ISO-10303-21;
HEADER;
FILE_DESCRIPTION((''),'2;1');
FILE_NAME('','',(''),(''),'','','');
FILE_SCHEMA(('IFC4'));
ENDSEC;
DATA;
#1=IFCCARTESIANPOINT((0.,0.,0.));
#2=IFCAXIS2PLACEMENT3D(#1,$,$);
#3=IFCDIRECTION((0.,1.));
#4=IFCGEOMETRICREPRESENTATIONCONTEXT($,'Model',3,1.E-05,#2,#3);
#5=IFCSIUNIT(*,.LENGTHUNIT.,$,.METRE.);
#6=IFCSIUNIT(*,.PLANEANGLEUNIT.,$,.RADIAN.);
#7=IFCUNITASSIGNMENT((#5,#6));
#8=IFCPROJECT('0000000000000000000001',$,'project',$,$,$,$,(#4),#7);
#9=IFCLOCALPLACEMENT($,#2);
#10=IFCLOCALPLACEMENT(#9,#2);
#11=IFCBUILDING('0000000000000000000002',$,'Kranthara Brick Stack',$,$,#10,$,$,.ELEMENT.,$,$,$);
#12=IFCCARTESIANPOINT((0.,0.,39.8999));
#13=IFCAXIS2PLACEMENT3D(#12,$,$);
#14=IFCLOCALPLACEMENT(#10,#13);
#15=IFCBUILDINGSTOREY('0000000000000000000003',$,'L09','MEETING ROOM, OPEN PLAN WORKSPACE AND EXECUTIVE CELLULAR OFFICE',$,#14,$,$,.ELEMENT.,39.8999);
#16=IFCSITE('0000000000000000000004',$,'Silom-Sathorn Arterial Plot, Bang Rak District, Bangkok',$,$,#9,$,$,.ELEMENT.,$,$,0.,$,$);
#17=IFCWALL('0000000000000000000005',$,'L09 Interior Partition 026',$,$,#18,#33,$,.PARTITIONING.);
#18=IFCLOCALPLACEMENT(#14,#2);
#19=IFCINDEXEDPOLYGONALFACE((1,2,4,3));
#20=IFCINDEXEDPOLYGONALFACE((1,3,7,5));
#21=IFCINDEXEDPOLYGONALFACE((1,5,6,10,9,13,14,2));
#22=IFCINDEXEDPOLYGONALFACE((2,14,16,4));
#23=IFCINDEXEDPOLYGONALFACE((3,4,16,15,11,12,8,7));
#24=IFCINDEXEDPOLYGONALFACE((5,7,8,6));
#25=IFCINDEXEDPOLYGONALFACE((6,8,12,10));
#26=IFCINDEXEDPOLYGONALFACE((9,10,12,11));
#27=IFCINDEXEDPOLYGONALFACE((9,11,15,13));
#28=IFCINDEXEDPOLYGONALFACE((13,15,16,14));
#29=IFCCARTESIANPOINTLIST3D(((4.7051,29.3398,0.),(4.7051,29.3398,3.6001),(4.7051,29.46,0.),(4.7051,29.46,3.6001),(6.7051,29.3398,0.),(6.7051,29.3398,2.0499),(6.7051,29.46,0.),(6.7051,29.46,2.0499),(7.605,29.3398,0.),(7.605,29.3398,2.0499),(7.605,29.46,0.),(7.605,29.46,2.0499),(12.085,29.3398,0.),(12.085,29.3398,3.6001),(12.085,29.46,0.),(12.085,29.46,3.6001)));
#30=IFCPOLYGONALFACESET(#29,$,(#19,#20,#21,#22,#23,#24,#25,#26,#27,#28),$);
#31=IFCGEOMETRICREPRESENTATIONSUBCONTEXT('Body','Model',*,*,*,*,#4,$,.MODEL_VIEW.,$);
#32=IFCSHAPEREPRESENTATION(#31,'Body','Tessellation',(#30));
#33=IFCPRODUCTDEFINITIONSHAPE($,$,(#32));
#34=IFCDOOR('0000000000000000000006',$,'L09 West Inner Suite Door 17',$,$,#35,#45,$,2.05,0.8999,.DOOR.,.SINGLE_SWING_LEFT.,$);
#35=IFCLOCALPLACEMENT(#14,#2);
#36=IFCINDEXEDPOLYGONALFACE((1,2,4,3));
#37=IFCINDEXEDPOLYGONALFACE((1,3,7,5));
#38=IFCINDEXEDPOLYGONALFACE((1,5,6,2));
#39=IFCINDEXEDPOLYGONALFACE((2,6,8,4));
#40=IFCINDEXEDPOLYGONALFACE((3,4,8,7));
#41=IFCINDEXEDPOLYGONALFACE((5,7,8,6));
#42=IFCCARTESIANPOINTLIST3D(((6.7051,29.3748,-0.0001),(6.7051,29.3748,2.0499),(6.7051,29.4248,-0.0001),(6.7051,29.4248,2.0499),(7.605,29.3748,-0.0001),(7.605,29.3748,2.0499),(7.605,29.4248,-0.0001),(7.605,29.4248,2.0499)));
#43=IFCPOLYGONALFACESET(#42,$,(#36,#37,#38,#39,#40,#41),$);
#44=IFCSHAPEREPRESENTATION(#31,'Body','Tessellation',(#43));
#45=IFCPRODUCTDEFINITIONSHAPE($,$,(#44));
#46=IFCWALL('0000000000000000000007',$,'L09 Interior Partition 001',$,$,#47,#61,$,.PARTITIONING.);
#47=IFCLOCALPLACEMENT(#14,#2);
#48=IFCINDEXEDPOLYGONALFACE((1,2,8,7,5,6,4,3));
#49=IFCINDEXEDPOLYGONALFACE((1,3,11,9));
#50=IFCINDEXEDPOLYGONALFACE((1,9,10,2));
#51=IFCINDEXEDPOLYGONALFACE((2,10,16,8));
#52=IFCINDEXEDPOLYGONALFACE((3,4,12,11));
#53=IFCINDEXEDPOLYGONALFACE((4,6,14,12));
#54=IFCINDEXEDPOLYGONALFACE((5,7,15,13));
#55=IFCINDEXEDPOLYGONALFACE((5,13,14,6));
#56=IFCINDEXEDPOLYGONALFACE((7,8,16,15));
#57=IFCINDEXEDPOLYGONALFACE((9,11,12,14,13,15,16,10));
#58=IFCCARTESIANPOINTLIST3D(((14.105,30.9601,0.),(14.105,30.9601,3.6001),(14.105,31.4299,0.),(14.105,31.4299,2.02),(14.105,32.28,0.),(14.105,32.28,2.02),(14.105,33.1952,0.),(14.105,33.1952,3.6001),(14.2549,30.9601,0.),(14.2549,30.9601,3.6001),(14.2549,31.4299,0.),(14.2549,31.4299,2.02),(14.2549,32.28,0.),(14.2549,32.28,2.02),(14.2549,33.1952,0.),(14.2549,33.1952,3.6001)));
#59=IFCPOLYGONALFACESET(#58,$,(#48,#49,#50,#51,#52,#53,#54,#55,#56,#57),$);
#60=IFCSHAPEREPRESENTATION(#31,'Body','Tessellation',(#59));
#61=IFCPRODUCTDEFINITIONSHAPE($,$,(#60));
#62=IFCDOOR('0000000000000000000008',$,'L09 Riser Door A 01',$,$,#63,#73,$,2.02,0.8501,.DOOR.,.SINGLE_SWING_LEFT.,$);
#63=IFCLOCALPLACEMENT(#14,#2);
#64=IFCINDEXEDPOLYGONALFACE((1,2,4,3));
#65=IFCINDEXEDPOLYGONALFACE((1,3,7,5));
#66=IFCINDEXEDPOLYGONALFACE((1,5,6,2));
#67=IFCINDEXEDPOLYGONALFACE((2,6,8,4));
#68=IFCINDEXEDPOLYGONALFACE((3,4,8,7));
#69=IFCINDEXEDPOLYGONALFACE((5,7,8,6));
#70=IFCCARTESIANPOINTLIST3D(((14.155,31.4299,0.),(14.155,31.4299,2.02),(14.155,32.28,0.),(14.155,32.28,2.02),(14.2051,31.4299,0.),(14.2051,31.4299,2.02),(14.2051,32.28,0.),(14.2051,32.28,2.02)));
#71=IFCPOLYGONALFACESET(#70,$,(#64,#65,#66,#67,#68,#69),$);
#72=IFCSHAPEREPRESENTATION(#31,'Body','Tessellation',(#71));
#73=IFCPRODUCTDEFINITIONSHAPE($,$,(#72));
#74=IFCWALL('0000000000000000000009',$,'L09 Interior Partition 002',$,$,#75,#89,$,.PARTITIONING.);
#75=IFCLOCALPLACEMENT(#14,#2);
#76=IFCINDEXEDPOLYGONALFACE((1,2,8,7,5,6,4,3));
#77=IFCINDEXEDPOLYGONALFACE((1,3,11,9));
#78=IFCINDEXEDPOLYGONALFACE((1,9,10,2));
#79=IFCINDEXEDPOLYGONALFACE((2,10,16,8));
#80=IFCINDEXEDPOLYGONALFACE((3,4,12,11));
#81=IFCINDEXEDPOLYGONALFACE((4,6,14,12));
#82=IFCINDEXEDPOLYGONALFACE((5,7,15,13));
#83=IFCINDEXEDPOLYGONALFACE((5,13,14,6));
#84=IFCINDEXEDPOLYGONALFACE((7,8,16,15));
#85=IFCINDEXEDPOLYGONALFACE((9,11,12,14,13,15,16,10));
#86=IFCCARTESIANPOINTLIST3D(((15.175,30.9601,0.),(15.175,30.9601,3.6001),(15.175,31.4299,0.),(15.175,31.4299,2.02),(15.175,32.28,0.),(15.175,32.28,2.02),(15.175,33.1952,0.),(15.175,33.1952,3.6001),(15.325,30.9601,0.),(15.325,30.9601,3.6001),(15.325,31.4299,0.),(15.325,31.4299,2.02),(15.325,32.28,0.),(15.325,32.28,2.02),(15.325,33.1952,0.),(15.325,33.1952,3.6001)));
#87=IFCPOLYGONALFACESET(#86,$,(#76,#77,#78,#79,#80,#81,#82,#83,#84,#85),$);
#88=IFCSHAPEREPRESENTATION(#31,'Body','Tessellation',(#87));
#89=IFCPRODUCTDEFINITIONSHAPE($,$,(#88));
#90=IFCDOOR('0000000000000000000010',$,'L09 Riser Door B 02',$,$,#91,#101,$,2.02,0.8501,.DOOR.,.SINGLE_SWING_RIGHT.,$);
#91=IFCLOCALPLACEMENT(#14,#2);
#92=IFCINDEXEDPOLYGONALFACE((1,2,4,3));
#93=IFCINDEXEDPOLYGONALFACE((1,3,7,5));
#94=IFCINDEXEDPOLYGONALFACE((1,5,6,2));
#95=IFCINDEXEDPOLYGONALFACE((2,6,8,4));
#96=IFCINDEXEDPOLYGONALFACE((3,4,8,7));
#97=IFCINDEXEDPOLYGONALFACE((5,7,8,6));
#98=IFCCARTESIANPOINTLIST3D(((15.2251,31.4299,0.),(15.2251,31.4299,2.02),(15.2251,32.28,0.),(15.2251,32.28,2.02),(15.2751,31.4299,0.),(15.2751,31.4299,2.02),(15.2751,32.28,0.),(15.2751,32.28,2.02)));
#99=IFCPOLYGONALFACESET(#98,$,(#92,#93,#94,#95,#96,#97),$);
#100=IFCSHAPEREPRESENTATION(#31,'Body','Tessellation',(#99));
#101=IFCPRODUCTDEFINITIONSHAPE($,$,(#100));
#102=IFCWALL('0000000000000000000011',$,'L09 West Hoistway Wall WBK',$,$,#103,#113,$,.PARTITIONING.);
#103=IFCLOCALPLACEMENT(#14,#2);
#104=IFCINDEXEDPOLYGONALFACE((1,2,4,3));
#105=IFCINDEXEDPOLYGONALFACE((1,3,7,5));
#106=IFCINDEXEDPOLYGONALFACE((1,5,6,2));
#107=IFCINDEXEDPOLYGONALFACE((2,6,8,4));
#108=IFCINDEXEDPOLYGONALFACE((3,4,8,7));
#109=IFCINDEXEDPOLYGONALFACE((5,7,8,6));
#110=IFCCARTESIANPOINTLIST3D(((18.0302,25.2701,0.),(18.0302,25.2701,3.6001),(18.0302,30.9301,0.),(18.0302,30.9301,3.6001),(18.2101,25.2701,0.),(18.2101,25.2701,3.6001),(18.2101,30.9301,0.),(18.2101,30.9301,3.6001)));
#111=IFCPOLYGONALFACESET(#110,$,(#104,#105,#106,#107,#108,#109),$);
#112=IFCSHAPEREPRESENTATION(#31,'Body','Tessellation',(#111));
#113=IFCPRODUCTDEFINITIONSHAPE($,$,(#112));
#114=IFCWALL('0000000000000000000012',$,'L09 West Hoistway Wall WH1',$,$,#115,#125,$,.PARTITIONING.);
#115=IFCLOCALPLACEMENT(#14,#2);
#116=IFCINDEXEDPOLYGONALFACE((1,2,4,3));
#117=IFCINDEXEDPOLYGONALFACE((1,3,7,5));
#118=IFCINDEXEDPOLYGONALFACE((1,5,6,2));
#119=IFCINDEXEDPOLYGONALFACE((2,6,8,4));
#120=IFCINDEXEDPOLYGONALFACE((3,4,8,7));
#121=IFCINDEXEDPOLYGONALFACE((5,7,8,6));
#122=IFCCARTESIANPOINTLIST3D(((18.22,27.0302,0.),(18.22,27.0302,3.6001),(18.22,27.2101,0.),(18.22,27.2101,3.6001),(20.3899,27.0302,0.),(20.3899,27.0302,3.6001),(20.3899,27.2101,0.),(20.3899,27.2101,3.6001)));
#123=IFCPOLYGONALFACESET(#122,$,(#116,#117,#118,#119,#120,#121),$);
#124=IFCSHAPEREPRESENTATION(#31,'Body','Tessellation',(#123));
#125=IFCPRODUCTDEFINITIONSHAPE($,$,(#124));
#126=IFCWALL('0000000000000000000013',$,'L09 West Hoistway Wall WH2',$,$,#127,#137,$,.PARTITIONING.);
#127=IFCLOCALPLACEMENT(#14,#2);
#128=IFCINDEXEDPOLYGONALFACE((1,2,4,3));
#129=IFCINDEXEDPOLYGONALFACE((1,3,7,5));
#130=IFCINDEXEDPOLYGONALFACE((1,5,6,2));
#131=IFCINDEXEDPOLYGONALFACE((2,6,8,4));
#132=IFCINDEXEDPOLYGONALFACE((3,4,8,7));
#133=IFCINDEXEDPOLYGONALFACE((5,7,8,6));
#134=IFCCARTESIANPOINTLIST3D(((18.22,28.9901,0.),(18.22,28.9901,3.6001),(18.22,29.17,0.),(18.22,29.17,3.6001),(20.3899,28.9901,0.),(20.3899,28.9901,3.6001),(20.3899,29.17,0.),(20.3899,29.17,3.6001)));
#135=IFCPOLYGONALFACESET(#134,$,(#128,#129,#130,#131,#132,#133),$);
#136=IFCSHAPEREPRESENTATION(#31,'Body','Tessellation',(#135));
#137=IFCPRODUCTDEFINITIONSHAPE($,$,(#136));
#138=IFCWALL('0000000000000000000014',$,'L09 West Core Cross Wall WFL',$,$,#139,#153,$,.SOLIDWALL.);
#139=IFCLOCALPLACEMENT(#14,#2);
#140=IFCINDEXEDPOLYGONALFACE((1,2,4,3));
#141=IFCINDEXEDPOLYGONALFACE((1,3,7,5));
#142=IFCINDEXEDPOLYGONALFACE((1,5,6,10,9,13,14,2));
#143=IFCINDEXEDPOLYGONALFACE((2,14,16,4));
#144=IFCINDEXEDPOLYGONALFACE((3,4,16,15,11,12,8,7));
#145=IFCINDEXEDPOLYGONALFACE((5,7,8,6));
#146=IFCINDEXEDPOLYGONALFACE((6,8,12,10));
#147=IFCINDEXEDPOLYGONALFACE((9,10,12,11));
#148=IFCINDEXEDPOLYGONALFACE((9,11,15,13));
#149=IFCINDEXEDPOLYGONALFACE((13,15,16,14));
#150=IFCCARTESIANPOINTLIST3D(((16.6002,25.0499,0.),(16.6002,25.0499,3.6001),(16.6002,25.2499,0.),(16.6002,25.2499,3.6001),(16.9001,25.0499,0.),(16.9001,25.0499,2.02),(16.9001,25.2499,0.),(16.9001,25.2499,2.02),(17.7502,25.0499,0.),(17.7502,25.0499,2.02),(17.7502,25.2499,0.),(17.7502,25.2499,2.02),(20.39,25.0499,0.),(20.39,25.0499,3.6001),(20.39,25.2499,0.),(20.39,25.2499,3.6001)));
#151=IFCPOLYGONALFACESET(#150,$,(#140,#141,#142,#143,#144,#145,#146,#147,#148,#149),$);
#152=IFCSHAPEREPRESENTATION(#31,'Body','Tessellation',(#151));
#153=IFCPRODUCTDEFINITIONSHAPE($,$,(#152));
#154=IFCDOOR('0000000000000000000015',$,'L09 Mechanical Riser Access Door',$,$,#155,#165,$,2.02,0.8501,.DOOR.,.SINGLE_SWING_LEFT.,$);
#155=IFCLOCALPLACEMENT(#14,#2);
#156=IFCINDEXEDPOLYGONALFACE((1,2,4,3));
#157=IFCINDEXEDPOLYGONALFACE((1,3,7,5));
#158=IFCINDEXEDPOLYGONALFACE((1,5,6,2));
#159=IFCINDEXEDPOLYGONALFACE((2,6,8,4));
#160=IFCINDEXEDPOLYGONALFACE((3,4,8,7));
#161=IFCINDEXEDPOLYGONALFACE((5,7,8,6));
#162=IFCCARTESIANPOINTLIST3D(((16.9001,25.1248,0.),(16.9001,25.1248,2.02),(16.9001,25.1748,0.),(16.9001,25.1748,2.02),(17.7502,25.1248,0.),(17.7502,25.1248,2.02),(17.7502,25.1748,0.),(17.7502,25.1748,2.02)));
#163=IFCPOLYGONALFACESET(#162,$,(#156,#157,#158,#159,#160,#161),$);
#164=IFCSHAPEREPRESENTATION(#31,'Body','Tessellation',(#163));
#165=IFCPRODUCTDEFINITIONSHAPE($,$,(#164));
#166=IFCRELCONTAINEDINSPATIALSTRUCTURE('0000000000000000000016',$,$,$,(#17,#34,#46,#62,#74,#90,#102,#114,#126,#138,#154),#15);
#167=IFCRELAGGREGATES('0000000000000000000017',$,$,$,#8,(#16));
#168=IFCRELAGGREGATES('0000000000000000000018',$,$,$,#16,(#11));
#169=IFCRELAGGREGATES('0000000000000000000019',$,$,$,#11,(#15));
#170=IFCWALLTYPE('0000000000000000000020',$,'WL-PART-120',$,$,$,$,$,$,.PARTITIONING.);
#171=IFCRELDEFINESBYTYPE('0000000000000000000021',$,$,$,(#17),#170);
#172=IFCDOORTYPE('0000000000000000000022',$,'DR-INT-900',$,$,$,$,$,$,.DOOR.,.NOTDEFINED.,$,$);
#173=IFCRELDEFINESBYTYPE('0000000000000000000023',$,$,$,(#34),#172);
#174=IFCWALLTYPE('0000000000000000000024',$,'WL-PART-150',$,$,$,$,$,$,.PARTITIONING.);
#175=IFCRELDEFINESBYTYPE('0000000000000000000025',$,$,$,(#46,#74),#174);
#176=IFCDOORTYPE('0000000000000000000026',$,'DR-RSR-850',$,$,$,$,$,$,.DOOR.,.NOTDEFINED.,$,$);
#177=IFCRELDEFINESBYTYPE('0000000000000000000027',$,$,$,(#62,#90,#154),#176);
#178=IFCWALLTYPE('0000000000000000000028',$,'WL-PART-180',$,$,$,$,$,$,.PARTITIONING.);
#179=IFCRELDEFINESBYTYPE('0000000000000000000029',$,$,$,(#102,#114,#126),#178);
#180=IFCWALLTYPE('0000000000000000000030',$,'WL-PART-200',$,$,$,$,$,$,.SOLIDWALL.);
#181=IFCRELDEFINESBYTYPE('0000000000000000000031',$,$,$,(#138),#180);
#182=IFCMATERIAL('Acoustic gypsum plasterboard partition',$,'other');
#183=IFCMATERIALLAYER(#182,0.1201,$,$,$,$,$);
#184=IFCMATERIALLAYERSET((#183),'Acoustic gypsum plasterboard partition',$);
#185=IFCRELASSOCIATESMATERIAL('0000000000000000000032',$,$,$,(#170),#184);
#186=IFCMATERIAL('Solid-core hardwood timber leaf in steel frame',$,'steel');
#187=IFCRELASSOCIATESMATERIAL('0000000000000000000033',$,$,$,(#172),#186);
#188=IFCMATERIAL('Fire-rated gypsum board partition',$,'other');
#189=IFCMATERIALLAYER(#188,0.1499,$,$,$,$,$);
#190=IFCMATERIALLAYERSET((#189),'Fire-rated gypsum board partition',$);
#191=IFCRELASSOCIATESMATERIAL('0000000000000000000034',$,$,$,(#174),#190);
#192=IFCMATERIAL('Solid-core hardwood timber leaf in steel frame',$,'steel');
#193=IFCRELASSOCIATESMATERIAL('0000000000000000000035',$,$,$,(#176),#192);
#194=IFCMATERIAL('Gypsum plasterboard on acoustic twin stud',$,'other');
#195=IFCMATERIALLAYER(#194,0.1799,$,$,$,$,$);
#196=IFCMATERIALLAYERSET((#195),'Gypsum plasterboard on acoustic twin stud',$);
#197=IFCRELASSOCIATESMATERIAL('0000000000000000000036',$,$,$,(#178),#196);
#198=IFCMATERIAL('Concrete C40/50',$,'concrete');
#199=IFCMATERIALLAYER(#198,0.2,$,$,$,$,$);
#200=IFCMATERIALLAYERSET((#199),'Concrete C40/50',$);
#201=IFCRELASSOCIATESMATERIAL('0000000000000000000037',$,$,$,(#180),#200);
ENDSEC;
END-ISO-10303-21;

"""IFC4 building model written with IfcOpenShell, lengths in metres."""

from ifc_helpers import new_model, si_unit, direction, frame, frame_2d, origin, place, context, subcontext, project, spatial, rectangle, extrude, material, layer, layer_set, type_object, element, fill, save


model = new_model("IFC4")

# Units and contexts
model_context = context("Model", 3, precision=1e-05, world=origin(), true_north=direction((0.0, 1.0)))
body_context = subcontext(model_context, "Body", "Model", "MODEL_VIEW")
ifc_project = project(units=[si_unit("LENGTHUNIT", "METRE"), si_unit("PLANEANGLEUNIT", "RADIAN")], contexts=[model_context])

# Site, building, storey
site_placement = place(None, origin())
site = spatial("IfcSite", under=ifc_project, at=site_placement, Name="Silom-Sathorn Arterial Plot, Bang Rak District, Bangkok", CompositionType="ELEMENT", RefElevation=0.0)
building_placement = place(site_placement, origin())
building = spatial("IfcBuilding", under=site, at=building_placement, Name="Kranthara Brick Stack", CompositionType="ELEMENT")
storey_placement = place(building_placement, frame((0.0, 0.0, 39.8999)))
storey = spatial("IfcBuildingStorey", under=building, at=storey_placement, Name="L09", Description="MEETING ROOM, OPEN PLAN WORKSPACE AND EXECUTIVE CELLULAR OFFICE", CompositionType="ELEMENT", Elevation=39.8999)

# Walls, openings, doors
ifc_material_1 = material(Name="Acoustic gypsum plasterboard partition", Category="other")
ifc_layer_1 = layer(ifc_material_1, 0.1201)
ifc_layer_set_1 = layer_set([ifc_layer_1], Name="Acoustic gypsum plasterboard partition")
wall_type_1 = type_object("IfcWallType", Name="WL-PART-120", PredefinedType="PARTITIONING", material=ifc_layer_set_1)
ifc_material_2 = material(Name="Solid-core hardwood timber leaf in steel frame", Category="steel")
door_type_1 = type_object("IfcDoorType", Name="DR-INT-900", OperationType="NOTDEFINED", PredefinedType="DOOR", material=ifc_material_2)
wall_1_placement = place(storey_placement, frame((4.7051, 29.3999, 0.0), z_axis=(0.0, 0.0, 1.0), x_axis=(1.0, 0.0, 0.0)))
wall_1 = element("IfcWall", 1, at=wall_1_placement, inside=storey, type_object=wall_type_1, Name="L09 Interior Partition 026", PredefinedType="PARTITIONING", context=body_context, shape_type="SweptSolid", body=[
    extrude(rectangle(XDim=7.3799, YDim=0.1201, at=frame_2d((3.6899, 0.0))), origin(), (0.0, 0.0, 1.0), 3.6001),
])
opening_1_placement = place(wall_1_placement, frame((2.0, 0.0, 0.0)))
opening_1 = element("IfcOpeningElement", 2, at=opening_1_placement, cuts=wall_1, PredefinedType="OPENING", context=body_context, shape_type="SweptSolid", body=[
    extrude(rectangle(XDim=0.8999, YDim=2.05, at=frame_2d((0.45, 1.0249))), frame((0.0, 0.0701, 0.0), z_axis=(0.0, -1.0, 0.0), x_axis=(1.0, 0.0, 0.0)), (0.0, 0.0, 1.0), 0.1401),
])
door_1_placement = place(opening_1_placement, origin())
door_1 = element("IfcDoor", 3, at=door_1_placement, inside=storey, type_object=door_type_1, Name="L09 West Inner Suite Door 17", OperationType="SINGLE_SWING_LEFT", OverallHeight=2.05, OverallWidth=0.8999, PredefinedType="DOOR", context=body_context, shape_type="SweptSolid", body=[
    extrude(rectangle(XDim=0.8999, YDim=2.05, at=frame_2d((0.45, 1.0249))), frame((0.0, 0.0249, 0.0), z_axis=(0.0, -1.0, 0.0), x_axis=(1.0, 0.0, 0.0)), (0.0, 0.0, 1.0), 0.05),
])
fill(opening_1, door_1)
ifc_material_3 = material(Name="Fire-rated gypsum board partition", Category="other")
ifc_layer_2 = layer(ifc_material_3, 0.1499)
ifc_layer_set_2 = layer_set([ifc_layer_2], Name="Fire-rated gypsum board partition")
wall_type_2 = type_object("IfcWallType", Name="WL-PART-150", PredefinedType="PARTITIONING", material=ifc_layer_set_2)
wall_2_placement = place(storey_placement, frame((14.1799, 30.96, 0.0), z_axis=(0.0, 0.0, 1.0), x_axis=(0.0, 1.0, 0.0)))
wall_2 = element("IfcWall", 4, at=wall_2_placement, inside=storey, type_object=wall_type_2, Name="L09 Interior Partition 001", PredefinedType="PARTITIONING", context=body_context, shape_type="SweptSolid", body=[
    extrude(rectangle(XDim=2.2351, YDim=0.1499, at=frame_2d((1.1177, 0.0))), origin(), (0.0, 0.0, 1.0), 3.6001),
])
opening_2_placement = place(wall_2_placement, frame((0.47, 0.0, 0.0)))
opening_2 = element("IfcOpeningElement", 5, at=opening_2_placement, cuts=wall_2, PredefinedType="OPENING", context=body_context, shape_type="SweptSolid", body=[
    extrude(rectangle(XDim=0.8501, YDim=2.02, at=frame_2d((0.425, 1.01))), frame((0.0, 0.085, 0.0), z_axis=(0.0, -1.0, 0.0), x_axis=(1.0, 0.0, 0.0)), (0.0, 0.0, 1.0), 0.1699),
])
ifc_material_4 = material(Name="Solid-core hardwood timber leaf in steel frame", Category="steel")
door_type_2 = type_object("IfcDoorType", Name="DR-RSR-850", OperationType="NOTDEFINED", PredefinedType="DOOR", material=ifc_material_4)
door_2_placement = place(opening_2_placement, origin())
door_2 = element("IfcDoor", 6, at=door_2_placement, inside=storey, type_object=door_type_2, Name="L09 Riser Door A 01", OperationType="SINGLE_SWING_LEFT", OverallHeight=2.02, OverallWidth=0.8501, PredefinedType="DOOR", context=body_context, shape_type="SweptSolid", body=[
    extrude(rectangle(XDim=0.8501, YDim=2.02, at=frame_2d((0.425, 1.01))), frame((0.0, 0.0249, 0.0), z_axis=(0.0, -1.0, 0.0), x_axis=(1.0, 0.0, 0.0)), (0.0, 0.0, 1.0), 0.05),
])
fill(opening_2, door_2)
wall_3_placement = place(storey_placement, frame((15.25, 30.96, 0.0), z_axis=(0.0, 0.0, 1.0), x_axis=(0.0, 1.0, 0.0)))
wall_3 = element("IfcWall", 7, at=wall_3_placement, inside=storey, type_object=wall_type_2, Name="L09 Interior Partition 002", PredefinedType="PARTITIONING", context=body_context, shape_type="SweptSolid", body=[
    extrude(rectangle(XDim=2.2351, YDim=0.1499, at=frame_2d((1.1177, 0.0))), origin(), (0.0, 0.0, 1.0), 3.6001),
])
opening_3_placement = place(wall_3_placement, frame((0.47, 0.0, 0.0)))
opening_3 = element("IfcOpeningElement", 8, at=opening_3_placement, cuts=wall_3, PredefinedType="OPENING", context=body_context, shape_type="SweptSolid", body=[
    extrude(rectangle(XDim=0.8501, YDim=2.02, at=frame_2d((0.425, 1.01))), frame((0.0, 0.085, 0.0), z_axis=(0.0, -1.0, 0.0), x_axis=(1.0, 0.0, 0.0)), (0.0, 0.0, 1.0), 0.1699),
])
door_3_placement = place(opening_3_placement, origin())
door_3 = element("IfcDoor", 9, at=door_3_placement, inside=storey, type_object=door_type_2, Name="L09 Riser Door B 02", OperationType="SINGLE_SWING_RIGHT", OverallHeight=2.02, OverallWidth=0.8501, PredefinedType="DOOR", context=body_context, shape_type="SweptSolid", body=[
    extrude(rectangle(XDim=0.8501, YDim=2.02, at=frame_2d((0.425, 1.01))), frame((0.0, 0.0249, 0.0), z_axis=(0.0, -1.0, 0.0), x_axis=(1.0, 0.0, 0.0)), (0.0, 0.0, 1.0), 0.05),
])
fill(opening_3, door_3)

# Walls
ifc_material_5 = material(Name="Gypsum plasterboard on acoustic twin stud", Category="other")
ifc_layer_3 = layer(ifc_material_5, 0.1799)
ifc_layer_set_3 = layer_set([ifc_layer_3], Name="Gypsum plasterboard on acoustic twin stud")
wall_type_3 = type_object("IfcWallType", Name="WL-PART-180", PredefinedType="PARTITIONING", material=ifc_layer_set_3)
wall_4_placement = place(storey_placement, frame((18.1201, 25.27, 0.0), z_axis=(0.0, 0.0, 1.0), x_axis=(0.0, 1.0, 0.0)))
element("IfcWall", 10, at=wall_4_placement, inside=storey, type_object=wall_type_3, Name="L09 West Hoistway Wall WBK", PredefinedType="PARTITIONING", context=body_context, shape_type="SweptSolid", body=[
    extrude(rectangle(XDim=5.6599, YDim=0.1799, at=frame_2d((2.8301, 0.0))), origin(), (0.0, 0.0, 1.0), 3.6001),
])
for number, where, z_axis, x_axis, name in (
    (11, (18.22, 27.1201, 0.0), (0.0, 0.0, 1.0), (1.0, 0.0, 0.0), "L09 West Hoistway Wall WH1"),
    (12, (18.22, 29.0801, 0.0), (0.0, 0.0, 1.0), (1.0, 0.0, 0.0), "L09 West Hoistway Wall WH2"),
):
    element("IfcWall", number, at=place(storey_placement, frame(where, z_axis=z_axis, x_axis=x_axis)), inside=storey, type_object=wall_type_3, Name=name, PredefinedType="PARTITIONING", context=body_context, shape_type="SweptSolid", body=[
        extrude(rectangle(XDim=2.1699, YDim=0.1799, at=frame_2d((1.085, 0.0))), origin(), (0.0, 0.0, 1.0), 3.6001),
    ])

# Wall, opening, door
ifc_material_6 = material(Name="Concrete C40/50", Category="concrete")
ifc_layer_4 = layer(ifc_material_6, 0.2)
ifc_layer_set_4 = layer_set([ifc_layer_4], Name="Concrete C40/50")
wall_type_4 = type_object("IfcWallType", Name="WL-PART-200", PredefinedType="SOLIDWALL", material=ifc_layer_set_4)
wall_5_placement = place(storey_placement, frame((16.6001, 25.1499, 0.0), z_axis=(0.0, 0.0, 1.0), x_axis=(1.0, 0.0, 0.0)))
wall_5 = element("IfcWall", 13, at=wall_5_placement, inside=storey, type_object=wall_type_4, Name="L09 West Core Cross Wall WFL", PredefinedType="SOLIDWALL", context=body_context, shape_type="SweptSolid", body=[
    extrude(rectangle(XDim=3.7898, YDim=0.2, at=frame_2d((1.895, 0.0))), origin(), (0.0, 0.0, 1.0), 3.6001),
])
opening_4_placement = place(wall_5_placement, frame((0.3, 0.0, 0.0)))
opening_4 = element("IfcOpeningElement", 14, at=opening_4_placement, cuts=wall_5, PredefinedType="OPENING", context=body_context, shape_type="SweptSolid", body=[
    extrude(rectangle(XDim=0.8501, YDim=2.02, at=frame_2d((0.425, 1.01))), frame((0.0, 0.1099, 0.0), z_axis=(0.0, -1.0, 0.0), x_axis=(1.0, 0.0, 0.0)), (0.0, 0.0, 1.0), 0.22),
])
door_4_placement = place(opening_4_placement, origin())
door_4 = element("IfcDoor", 15, at=door_4_placement, inside=storey, type_object=door_type_2, Name="L09 Mechanical Riser Access Door", OperationType="SINGLE_SWING_LEFT", OverallHeight=2.02, OverallWidth=0.8501, PredefinedType="DOOR", context=body_context, shape_type="SweptSolid", body=[
    extrude(rectangle(XDim=0.8501, YDim=2.02, at=frame_2d((0.425, 1.01))), frame((0.0, 0.0249, 0.0), z_axis=(0.0, -1.0, 0.0), x_axis=(1.0, 0.0, 0.0)), (0.0, 0.0, 1.0), 0.05),
])
fill(opening_4, door_4)

save(model, "model.ifc")
